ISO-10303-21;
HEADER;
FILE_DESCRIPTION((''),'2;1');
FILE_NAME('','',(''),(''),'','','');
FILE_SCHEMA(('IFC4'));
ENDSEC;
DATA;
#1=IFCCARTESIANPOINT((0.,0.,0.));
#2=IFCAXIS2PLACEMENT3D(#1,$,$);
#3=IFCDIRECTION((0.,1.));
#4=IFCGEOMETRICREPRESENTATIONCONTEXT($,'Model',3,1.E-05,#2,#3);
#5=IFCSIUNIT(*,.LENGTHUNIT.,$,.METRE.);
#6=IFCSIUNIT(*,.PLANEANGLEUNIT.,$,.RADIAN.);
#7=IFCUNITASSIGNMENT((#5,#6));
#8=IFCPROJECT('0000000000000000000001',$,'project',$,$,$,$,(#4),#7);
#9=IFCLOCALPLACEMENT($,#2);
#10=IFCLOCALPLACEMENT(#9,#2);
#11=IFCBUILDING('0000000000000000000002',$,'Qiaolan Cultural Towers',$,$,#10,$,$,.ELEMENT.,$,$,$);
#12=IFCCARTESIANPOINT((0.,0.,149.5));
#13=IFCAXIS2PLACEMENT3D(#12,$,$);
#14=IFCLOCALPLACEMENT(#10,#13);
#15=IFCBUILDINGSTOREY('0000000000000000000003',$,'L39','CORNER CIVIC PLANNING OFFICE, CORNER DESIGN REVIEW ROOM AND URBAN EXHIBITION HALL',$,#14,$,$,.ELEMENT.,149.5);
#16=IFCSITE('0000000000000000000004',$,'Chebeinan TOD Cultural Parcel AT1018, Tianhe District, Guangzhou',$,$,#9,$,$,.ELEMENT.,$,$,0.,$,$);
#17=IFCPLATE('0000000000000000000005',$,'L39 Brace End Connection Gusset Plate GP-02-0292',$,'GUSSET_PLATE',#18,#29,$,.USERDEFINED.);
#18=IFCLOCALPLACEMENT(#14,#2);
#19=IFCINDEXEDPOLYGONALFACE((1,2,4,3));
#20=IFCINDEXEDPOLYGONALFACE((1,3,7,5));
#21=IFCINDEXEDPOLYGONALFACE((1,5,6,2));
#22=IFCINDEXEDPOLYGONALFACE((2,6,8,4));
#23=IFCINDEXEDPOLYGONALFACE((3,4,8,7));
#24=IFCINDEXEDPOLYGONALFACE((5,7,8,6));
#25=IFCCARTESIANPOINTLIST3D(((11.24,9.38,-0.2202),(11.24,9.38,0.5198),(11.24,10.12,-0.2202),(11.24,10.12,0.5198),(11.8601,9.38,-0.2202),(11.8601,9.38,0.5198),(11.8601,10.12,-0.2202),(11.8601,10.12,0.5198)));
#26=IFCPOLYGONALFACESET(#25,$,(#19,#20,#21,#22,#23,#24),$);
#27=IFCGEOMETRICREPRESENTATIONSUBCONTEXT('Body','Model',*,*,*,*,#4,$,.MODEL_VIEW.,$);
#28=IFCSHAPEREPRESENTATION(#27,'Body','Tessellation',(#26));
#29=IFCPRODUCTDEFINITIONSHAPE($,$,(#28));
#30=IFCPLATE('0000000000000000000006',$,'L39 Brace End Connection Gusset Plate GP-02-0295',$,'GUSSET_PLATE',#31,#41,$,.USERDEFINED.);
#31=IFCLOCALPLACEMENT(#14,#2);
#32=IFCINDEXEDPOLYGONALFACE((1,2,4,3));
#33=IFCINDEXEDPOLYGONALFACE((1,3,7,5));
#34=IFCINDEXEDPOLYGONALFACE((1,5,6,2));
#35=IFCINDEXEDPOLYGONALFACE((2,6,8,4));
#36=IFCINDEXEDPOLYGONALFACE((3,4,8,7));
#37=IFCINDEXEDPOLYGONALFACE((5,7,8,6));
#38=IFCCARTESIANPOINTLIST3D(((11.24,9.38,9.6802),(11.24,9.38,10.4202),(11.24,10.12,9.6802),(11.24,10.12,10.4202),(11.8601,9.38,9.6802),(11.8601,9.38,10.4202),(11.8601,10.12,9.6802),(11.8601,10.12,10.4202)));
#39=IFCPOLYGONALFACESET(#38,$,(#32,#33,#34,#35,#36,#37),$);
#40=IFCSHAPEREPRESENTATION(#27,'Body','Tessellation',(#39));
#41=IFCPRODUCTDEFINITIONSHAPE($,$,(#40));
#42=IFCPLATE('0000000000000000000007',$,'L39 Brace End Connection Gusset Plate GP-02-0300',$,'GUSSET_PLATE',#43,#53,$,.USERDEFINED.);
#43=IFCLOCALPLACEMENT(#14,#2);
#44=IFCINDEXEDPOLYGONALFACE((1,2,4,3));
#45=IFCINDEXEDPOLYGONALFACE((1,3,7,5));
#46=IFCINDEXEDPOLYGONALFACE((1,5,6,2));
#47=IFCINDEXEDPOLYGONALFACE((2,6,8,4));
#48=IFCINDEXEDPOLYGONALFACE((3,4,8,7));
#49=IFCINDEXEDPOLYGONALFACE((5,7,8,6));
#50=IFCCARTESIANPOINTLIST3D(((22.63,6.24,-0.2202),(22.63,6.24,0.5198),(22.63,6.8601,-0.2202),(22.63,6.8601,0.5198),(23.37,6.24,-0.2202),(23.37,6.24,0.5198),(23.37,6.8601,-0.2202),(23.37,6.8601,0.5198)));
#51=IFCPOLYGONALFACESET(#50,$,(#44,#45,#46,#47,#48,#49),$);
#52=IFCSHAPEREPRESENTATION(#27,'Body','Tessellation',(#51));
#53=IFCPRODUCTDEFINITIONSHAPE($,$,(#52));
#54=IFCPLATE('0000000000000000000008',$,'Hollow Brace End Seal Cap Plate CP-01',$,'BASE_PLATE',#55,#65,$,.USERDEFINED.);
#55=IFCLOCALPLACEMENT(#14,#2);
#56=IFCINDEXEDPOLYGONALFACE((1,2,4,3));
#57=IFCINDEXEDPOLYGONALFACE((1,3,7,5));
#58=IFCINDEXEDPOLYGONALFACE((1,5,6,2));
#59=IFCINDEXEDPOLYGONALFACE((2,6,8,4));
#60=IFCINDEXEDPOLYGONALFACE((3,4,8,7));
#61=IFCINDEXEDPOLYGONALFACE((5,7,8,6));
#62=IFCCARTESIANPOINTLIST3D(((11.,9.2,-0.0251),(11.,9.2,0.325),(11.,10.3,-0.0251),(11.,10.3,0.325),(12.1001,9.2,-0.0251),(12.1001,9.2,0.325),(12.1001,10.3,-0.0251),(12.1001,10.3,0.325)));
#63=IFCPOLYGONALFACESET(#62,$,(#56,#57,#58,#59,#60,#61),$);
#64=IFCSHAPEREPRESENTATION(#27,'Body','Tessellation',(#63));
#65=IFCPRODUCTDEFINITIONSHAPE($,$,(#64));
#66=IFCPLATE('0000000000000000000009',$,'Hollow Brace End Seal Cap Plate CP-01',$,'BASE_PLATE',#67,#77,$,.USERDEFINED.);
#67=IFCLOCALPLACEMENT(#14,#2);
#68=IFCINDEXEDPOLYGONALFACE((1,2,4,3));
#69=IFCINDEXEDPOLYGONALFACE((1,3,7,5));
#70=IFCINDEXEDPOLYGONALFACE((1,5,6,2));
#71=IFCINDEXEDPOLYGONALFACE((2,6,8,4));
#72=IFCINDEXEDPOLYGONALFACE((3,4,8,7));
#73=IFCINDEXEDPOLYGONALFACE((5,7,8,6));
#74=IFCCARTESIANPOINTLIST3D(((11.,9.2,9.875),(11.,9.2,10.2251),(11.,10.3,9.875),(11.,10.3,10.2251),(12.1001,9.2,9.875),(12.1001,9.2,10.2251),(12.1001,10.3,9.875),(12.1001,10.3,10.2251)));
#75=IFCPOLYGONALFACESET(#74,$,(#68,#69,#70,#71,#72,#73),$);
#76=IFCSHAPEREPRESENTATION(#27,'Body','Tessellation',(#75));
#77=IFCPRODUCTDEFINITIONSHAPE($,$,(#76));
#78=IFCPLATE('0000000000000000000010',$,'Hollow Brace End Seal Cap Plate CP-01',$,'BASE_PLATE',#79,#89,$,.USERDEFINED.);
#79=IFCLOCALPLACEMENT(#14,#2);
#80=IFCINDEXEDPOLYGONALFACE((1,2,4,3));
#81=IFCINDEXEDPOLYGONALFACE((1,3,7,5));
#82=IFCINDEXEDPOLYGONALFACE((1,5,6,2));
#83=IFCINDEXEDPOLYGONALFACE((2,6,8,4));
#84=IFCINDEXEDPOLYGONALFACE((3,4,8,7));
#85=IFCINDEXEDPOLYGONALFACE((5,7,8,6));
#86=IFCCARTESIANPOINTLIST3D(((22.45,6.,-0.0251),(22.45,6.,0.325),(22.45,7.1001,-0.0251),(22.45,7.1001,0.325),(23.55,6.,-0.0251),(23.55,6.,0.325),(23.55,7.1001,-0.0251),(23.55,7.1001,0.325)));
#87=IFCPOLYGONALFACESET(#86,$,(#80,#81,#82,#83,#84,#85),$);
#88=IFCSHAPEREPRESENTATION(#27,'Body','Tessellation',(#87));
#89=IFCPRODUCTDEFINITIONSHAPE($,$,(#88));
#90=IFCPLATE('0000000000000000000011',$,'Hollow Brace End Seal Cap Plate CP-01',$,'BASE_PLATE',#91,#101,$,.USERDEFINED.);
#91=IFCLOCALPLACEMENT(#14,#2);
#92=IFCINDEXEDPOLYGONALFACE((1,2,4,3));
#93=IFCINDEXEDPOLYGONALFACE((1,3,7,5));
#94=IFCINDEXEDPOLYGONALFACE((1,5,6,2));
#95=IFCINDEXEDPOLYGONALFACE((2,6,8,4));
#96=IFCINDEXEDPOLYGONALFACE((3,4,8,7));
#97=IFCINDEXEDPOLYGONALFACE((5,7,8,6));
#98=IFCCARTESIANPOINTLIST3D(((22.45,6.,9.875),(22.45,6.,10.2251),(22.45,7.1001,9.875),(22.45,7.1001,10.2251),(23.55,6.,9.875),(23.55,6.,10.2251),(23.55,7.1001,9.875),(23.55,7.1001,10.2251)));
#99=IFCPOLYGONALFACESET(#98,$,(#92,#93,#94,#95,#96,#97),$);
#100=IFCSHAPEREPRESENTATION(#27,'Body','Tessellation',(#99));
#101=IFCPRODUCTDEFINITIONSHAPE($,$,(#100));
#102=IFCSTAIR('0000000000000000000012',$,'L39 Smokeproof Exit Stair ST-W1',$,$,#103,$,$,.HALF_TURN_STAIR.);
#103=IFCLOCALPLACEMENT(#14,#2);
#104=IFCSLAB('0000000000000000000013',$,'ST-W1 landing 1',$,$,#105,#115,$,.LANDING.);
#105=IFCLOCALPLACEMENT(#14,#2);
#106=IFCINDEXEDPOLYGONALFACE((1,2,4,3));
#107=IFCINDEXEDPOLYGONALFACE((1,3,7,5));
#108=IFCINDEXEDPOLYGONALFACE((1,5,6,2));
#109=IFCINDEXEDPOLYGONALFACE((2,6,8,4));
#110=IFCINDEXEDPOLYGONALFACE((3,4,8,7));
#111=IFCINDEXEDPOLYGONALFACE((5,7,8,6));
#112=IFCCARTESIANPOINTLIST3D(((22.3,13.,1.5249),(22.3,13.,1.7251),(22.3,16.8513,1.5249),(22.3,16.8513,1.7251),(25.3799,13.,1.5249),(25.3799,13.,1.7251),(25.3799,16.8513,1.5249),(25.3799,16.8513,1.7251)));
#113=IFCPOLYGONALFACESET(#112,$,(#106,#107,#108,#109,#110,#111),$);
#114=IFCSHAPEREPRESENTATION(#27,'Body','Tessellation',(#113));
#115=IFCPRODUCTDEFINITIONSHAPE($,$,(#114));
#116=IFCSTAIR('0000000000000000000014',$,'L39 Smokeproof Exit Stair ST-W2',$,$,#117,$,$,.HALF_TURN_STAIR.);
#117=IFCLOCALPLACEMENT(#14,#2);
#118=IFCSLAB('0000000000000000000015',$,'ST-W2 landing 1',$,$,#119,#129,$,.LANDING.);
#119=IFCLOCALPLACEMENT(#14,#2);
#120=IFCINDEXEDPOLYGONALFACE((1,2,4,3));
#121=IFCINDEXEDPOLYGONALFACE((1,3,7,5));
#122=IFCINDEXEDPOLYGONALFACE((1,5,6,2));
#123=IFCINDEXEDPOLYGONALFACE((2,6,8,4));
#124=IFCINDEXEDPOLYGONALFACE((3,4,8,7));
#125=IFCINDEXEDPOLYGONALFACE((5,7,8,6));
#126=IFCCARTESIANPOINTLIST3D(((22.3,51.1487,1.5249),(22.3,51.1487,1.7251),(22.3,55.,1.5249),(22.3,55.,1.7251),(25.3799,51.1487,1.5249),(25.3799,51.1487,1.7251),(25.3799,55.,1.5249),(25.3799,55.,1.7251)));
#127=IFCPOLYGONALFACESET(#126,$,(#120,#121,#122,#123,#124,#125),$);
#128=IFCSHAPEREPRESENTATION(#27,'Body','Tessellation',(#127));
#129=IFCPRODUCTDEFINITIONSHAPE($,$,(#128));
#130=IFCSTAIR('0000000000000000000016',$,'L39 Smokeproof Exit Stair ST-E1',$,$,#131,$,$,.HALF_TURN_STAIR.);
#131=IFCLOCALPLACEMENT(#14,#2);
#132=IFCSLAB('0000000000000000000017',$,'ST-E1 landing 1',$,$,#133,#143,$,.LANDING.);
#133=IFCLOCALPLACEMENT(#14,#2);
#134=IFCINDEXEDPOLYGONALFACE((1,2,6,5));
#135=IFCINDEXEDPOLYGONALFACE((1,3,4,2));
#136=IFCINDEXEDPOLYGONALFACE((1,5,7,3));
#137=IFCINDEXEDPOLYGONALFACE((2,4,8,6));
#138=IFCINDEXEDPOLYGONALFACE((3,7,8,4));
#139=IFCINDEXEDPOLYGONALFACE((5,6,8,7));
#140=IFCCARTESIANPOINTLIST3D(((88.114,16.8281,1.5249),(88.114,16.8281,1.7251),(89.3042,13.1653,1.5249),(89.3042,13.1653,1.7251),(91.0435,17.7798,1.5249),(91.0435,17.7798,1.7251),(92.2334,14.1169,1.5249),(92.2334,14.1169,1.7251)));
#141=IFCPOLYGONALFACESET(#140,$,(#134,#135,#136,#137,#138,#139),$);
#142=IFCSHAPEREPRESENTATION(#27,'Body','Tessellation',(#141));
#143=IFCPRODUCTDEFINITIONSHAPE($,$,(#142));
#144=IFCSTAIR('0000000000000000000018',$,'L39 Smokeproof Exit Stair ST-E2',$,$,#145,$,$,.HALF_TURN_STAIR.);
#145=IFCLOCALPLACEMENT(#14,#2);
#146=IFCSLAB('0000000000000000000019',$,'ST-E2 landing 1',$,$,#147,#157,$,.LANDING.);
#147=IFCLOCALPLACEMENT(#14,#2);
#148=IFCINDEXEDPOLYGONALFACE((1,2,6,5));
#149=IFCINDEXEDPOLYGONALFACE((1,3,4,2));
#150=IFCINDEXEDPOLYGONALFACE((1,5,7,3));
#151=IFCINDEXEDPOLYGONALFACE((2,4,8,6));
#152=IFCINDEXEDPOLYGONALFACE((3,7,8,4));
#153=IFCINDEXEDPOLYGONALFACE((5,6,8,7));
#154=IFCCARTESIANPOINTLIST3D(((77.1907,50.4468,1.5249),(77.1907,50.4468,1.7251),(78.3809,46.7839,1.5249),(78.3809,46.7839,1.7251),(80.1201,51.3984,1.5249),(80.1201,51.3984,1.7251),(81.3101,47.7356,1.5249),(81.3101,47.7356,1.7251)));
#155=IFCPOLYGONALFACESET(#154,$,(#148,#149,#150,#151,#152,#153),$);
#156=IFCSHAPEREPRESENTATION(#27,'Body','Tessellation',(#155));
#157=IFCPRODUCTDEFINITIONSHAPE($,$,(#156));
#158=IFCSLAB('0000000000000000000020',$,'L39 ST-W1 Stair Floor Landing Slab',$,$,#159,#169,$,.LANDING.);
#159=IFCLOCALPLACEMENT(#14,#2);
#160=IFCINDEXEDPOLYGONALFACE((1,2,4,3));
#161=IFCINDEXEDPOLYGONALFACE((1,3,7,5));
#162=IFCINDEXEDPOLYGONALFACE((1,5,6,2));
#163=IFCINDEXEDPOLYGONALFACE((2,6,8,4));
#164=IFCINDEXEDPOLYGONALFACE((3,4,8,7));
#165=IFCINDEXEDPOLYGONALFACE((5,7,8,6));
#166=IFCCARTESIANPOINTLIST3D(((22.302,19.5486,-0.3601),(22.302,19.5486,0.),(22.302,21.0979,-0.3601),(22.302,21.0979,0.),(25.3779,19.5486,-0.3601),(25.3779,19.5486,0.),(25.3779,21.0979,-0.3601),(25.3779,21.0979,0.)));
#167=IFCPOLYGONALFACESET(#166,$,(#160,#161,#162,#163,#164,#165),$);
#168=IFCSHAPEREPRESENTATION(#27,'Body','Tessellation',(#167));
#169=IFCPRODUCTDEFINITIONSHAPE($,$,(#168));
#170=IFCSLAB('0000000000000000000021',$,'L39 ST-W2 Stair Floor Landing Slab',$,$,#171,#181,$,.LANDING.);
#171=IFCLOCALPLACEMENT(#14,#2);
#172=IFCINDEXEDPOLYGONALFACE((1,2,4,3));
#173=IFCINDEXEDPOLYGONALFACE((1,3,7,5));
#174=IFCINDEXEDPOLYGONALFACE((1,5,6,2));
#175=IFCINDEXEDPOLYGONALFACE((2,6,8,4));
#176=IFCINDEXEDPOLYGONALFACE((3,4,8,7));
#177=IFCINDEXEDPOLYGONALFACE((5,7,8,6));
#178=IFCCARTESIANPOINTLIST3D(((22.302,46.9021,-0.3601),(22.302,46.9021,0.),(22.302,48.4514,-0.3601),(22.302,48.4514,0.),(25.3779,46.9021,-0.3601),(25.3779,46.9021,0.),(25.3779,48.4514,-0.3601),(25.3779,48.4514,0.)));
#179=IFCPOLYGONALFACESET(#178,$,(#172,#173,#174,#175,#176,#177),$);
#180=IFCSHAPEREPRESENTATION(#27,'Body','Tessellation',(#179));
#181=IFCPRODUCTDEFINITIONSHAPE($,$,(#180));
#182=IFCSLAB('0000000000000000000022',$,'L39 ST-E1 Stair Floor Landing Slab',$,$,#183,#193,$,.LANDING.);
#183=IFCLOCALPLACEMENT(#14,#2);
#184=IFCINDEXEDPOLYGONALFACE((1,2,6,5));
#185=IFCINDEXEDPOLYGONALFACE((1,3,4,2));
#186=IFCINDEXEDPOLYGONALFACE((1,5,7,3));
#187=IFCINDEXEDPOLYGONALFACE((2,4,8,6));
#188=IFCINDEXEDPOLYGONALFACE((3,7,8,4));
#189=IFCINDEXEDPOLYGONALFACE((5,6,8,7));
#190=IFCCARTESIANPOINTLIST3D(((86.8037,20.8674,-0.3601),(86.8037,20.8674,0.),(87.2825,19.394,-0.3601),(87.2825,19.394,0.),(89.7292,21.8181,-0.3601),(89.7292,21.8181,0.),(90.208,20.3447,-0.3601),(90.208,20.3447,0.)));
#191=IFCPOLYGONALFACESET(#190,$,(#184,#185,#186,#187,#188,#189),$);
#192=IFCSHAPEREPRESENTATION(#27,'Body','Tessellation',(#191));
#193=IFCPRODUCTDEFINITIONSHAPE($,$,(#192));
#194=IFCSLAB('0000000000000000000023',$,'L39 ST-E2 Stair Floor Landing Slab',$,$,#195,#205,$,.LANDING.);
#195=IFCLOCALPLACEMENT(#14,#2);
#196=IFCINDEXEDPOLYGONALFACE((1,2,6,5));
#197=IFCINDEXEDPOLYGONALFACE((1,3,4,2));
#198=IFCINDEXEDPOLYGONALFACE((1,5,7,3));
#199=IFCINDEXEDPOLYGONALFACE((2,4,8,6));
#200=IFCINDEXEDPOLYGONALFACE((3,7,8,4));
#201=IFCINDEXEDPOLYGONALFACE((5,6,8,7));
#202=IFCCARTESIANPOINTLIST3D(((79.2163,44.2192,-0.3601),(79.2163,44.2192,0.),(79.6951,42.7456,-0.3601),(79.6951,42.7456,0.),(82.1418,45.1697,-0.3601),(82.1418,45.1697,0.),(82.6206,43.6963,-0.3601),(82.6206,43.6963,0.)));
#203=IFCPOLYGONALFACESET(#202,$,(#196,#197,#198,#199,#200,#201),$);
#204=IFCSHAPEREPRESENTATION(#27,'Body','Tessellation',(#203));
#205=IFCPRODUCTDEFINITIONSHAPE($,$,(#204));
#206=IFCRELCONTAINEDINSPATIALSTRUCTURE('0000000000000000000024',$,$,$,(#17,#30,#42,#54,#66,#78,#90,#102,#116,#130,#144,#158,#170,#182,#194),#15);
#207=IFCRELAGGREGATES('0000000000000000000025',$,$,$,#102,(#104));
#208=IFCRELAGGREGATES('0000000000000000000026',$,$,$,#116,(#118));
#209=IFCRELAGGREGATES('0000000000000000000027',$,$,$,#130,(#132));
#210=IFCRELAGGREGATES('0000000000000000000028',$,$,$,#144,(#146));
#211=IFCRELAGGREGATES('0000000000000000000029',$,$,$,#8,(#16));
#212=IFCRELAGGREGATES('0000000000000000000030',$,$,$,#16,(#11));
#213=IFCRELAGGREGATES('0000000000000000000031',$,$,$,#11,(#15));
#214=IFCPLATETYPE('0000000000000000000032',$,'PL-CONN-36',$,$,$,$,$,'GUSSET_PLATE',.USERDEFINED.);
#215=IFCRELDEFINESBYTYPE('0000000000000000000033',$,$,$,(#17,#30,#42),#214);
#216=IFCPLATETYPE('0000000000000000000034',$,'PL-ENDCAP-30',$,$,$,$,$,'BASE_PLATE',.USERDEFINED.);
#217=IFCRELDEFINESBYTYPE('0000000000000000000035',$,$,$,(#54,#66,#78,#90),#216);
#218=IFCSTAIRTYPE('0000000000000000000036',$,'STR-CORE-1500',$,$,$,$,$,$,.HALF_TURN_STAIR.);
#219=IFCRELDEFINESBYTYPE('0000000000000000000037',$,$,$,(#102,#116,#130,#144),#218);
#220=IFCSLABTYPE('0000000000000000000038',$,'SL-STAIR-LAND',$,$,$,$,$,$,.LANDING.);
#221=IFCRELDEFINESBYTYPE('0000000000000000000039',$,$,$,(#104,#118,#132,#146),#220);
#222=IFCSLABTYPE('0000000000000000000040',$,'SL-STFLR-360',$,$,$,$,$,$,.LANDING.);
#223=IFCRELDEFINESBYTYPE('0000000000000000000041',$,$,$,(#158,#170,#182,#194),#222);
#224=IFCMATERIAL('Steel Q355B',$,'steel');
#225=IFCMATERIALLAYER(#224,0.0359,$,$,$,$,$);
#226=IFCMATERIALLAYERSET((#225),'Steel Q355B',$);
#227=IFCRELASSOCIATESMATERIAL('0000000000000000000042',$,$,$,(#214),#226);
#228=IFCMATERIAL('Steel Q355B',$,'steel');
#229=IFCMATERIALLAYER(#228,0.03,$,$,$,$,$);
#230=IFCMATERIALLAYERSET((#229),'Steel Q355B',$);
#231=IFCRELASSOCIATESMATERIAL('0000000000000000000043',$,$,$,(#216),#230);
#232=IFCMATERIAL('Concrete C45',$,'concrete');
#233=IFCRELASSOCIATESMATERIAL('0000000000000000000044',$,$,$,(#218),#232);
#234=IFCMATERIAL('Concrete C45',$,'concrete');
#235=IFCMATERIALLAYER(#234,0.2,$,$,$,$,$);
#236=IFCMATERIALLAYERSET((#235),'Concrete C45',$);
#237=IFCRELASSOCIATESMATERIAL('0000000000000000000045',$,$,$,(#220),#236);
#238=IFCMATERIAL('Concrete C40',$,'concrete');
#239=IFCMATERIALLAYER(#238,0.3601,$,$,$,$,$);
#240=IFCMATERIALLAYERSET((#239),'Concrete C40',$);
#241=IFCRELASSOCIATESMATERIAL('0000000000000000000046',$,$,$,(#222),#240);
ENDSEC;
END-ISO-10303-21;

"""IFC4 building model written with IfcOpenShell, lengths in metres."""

from ifc_helpers import new_model, si_unit, direction, frame, origin, origin_2d, place, context, subcontext, project, spatial, polyline, rectangle, outline, extrude, material, layer, layer_set, type_object, element, aggregate, save


model = new_model("IFC4")

# Units and contexts
model_context = context("Model", 3, precision=1e-05, world=origin(), true_north=direction((0.0, 1.0)))
body_context = subcontext(model_context, "Body", "Model", "MODEL_VIEW")
ifc_project = project(units=[si_unit("LENGTHUNIT", "METRE"), si_unit("PLANEANGLEUNIT", "RADIAN")], contexts=[model_context])

# Site, building, storey
site_placement = place(None, origin())
site = spatial("IfcSite", under=ifc_project, at=site_placement, Name="Chebeinan TOD Cultural Parcel AT1018, Tianhe District, Guangzhou", CompositionType="ELEMENT", RefElevation=0.0)
building_placement = place(site_placement, origin())
building = spatial("IfcBuilding", under=site, at=building_placement, Name="Qiaolan Cultural Towers", CompositionType="ELEMENT")
storey_placement = place(building_placement, frame((0.0, 0.0, 149.5)))
storey = spatial("IfcBuildingStorey", under=building, at=storey_placement, Name="L39", Description="CORNER CIVIC PLANNING OFFICE, CORNER DESIGN REVIEW ROOM AND URBAN EXHIBITION HALL", CompositionType="ELEMENT", Elevation=149.5)

# Plates
ifc_material_1 = material(Name="Steel Q355B", Category="steel")
ifc_layer_1 = layer(ifc_material_1, 0.0359)
ifc_layer_set_1 = layer_set([ifc_layer_1], Name="Steel Q355B")
plate_type_1 = type_object("IfcPlateType", Name="PL-CONN-36", ElementType="GUSSET_PLATE", PredefinedType="USERDEFINED", material=ifc_layer_set_1)
for number, where, z_axis, x_axis, name in (
    (1, (11.55, 9.75, -0.2202), (0.0, 0.0, 1.0), (0.0, 1.0, 0.0), "L39 Brace End Connection Gusset Plate GP-02-0292"),
    (2, (11.55, 9.75, 9.6802), (0.0, 0.0, 1.0), (0.0, 1.0, 0.0), "L39 Brace End Connection Gusset Plate GP-02-0295"),
    (3, (23.0, 6.55, -0.2202), (0.0, 0.0, 1.0), (1.0, 0.0, 0.0), "L39 Brace End Connection Gusset Plate GP-02-0300"),
):
    element("IfcPlate", number, at=place(storey_placement, frame(where, z_axis=z_axis, x_axis=x_axis)), inside=storey, type_object=plate_type_1, Name=name, ObjectType="GUSSET_PLATE", PredefinedType="USERDEFINED", context=body_context, shape_type="SweptSolid", body=[
        extrude(rectangle(XDim=0.74, YDim=0.6201, at=origin_2d()), origin(), (0.0, 0.0, 1.0), 0.74),
    ])
ifc_material_2 = material(Name="Steel Q355B", Category="steel")
ifc_layer_2 = layer(ifc_material_2, 0.03)
ifc_layer_set_2 = layer_set([ifc_layer_2], Name="Steel Q355B")
plate_type_2 = type_object("IfcPlateType", Name="PL-ENDCAP-30", ElementType="BASE_PLATE", PredefinedType="USERDEFINED", material=ifc_layer_set_2)
for number, where, z_axis, x_axis, name in (
    (4, (11.55, 9.75, -0.0251), (0.0, 0.0, 1.0), (0.0, 1.0, 0.0), "Hollow Brace End Seal Cap Plate CP-01"),
    (5, (11.55, 9.75, 9.875), (0.0, 0.0, 1.0), (0.0, 1.0, 0.0), "Hollow Brace End Seal Cap Plate CP-01"),
    (6, (23.0, 6.55, -0.0251), (0.0, 0.0, 1.0), (1.0, 0.0, 0.0), "Hollow Brace End Seal Cap Plate CP-01"),
    (7, (23.0, 6.55, 9.875), (0.0, 0.0, 1.0), (1.0, 0.0, 0.0), "Hollow Brace End Seal Cap Plate CP-01"),
):
    element("IfcPlate", number, at=place(storey_placement, frame(where, z_axis=z_axis, x_axis=x_axis)), inside=storey, type_object=plate_type_2, Name=name, ObjectType="BASE_PLATE", PredefinedType="USERDEFINED", context=body_context, shape_type="SweptSolid", body=[
        extrude(rectangle(XDim=1.1001, YDim=1.1001, at=origin_2d()), origin(), (0.0, 0.0, 1.0), 0.3501),
    ])

# Stairs, slabs
ifc_material_3 = material(Name="Concrete C45", Category="concrete")
stair_type = type_object("IfcStairType", Name="STR-CORE-1500", PredefinedType="HALF_TURN_STAIR", material=ifc_material_3)
stair_1_placement = place(storey_placement, origin())
stair_1 = element("IfcStair", 8, at=stair_1_placement, inside=storey, type_object=stair_type, Name="L39 Smokeproof Exit Stair ST-W1", PredefinedType="HALF_TURN_STAIR")
ifc_material_4 = material(Name="Concrete C45", Category="concrete")
ifc_layer_3 = layer(ifc_material_4, 0.2)
ifc_layer_set_3 = layer_set([ifc_layer_3], Name="Concrete C45")
slab_type_1 = type_object("IfcSlabType", Name="SL-STAIR-LAND", PredefinedType="LANDING", material=ifc_layer_set_3)
slab_1_placement = place(storey_placement, frame((0.0, 0.0, 1.5249)))
slab_1 = element("IfcSlab", 9, at=slab_1_placement, type_object=slab_type_1, Name="ST-W1 landing 1", PredefinedType="LANDING", context=body_context, shape_type="SweptSolid", body=[
    extrude(outline(polyline([(22.3, 16.8513), (22.3, 13.0), (25.3799, 13.0), (25.3799, 16.8513), (22.3, 16.8513)])), origin(), (0.0, 0.0, 1.0), 0.2002),
])
aggregate(stair_1, [slab_1])
stair_2_placement = place(storey_placement, origin())
stair_2 = element("IfcStair", 10, at=stair_2_placement, inside=storey, type_object=stair_type, Name="L39 Smokeproof Exit Stair ST-W2", PredefinedType="HALF_TURN_STAIR")
slab_2_placement = place(storey_placement, frame((0.0, 0.0, 1.5249)))
slab_2 = element("IfcSlab", 11, at=slab_2_placement, type_object=slab_type_1, Name="ST-W2 landing 1", PredefinedType="LANDING", context=body_context, shape_type="SweptSolid", body=[
    extrude(outline(polyline([(25.3799, 51.1487), (25.3799, 55.0), (22.3, 55.0), (22.3, 51.1487), (25.3799, 51.1487)])), origin(), (0.0, 0.0, 1.0), 0.2002),
])
aggregate(stair_2, [slab_2])
stair_3_placement = place(storey_placement, origin())
stair_3 = element("IfcStair", 12, at=stair_3_placement, inside=storey, type_object=stair_type, Name="L39 Smokeproof Exit Stair ST-E1", PredefinedType="HALF_TURN_STAIR")
slab_3_placement = place(storey_placement, frame((0.0, 0.0, 1.5249)))
slab_3 = element("IfcSlab", 13, at=slab_3_placement, type_object=slab_type_1, Name="ST-E1 landing 1", PredefinedType="LANDING", context=body_context, shape_type="SweptSolid", body=[
    extrude(outline(polyline([(88.114, 16.8281), (89.3042, 13.1653), (92.2334, 14.1169), (91.0435, 17.7798), (88.114, 16.8281)])), origin(), (0.0, 0.0, 1.0), 0.2002),
])
aggregate(stair_3, [slab_3])
stair_4_placement = place(storey_placement, origin())
stair_4 = element("IfcStair", 14, at=stair_4_placement, inside=storey, type_object=stair_type, Name="L39 Smokeproof Exit Stair ST-E2", PredefinedType="HALF_TURN_STAIR")
slab_4_placement = place(storey_placement, frame((0.0, 0.0, 1.5249)))
slab_4 = element("IfcSlab", 15, at=slab_4_placement, type_object=slab_type_1, Name="ST-E2 landing 1", PredefinedType="LANDING", context=body_context, shape_type="SweptSolid", body=[
    extrude(outline(polyline([(81.3101, 47.7356), (80.1201, 51.3984), (77.1907, 50.4468), (78.3809, 46.7839), (81.3101, 47.7356)])), origin(), (0.0, 0.0, 1.0), 0.2002),
])
aggregate(stair_4, [slab_4])

# Slabs
ifc_material_5 = material(Name="Concrete C40", Category="concrete")
ifc_layer_4 = layer(ifc_material_5, 0.3601)
ifc_layer_set_4 = layer_set([ifc_layer_4], Name="Concrete C40")
slab_type_2 = type_object("IfcSlabType", Name="SL-STFLR-360", PredefinedType="LANDING", material=ifc_layer_set_4)
slab_5_placement = place(storey_placement, frame((0.0, 0.0, -0.3601)))
element("IfcSlab", 16, at=slab_5_placement, inside=storey, type_object=slab_type_2, Name="L39 ST-W1 Stair Floor Landing Slab", PredefinedType="LANDING", context=body_context, shape_type="SweptSolid", body=[
    extrude(outline(polyline([(22.302, 21.0979), (22.302, 19.5486), (25.3779, 19.5486), (25.3779, 21.0979), (22.302, 21.0979)])), origin(), (0.0, 0.0, 1.0), 0.3601),
])
slab_6_placement = place(storey_placement, frame((0.0, 0.0, -0.3601)))
element("IfcSlab", 17, at=slab_6_placement, inside=storey, type_object=slab_type_2, Name="L39 ST-W2 Stair Floor Landing Slab", PredefinedType="LANDING", context=body_context, shape_type="SweptSolid", body=[
    extrude(outline(polyline([(25.3779, 46.9021), (25.3779, 48.4514), (22.302, 48.4514), (22.302, 46.9021), (25.3779, 46.9021)])), origin(), (0.0, 0.0, 1.0), 0.3601),
])
slab_7_placement = place(storey_placement, frame((0.0, 0.0, -0.3601)))
element("IfcSlab", 18, at=slab_7_placement, inside=storey, type_object=slab_type_2, Name="L39 ST-E1 Stair Floor Landing Slab", PredefinedType="LANDING", context=body_context, shape_type="SweptSolid", body=[
    extrude(outline(polyline([(86.8037, 20.8674), (87.2825, 19.394), (90.208, 20.3447), (89.7292, 21.8181), (86.8037, 20.8674)])), origin(), (0.0, 0.0, 1.0), 0.3601),
])
slab_8_placement = place(storey_placement, frame((0.0, 0.0, -0.3601)))
element("IfcSlab", 19, at=slab_8_placement, inside=storey, type_object=slab_type_2, Name="L39 ST-E2 Stair Floor Landing Slab", PredefinedType="LANDING", context=body_context, shape_type="SweptSolid", body=[
    extrude(outline(polyline([(82.6206, 43.6963), (82.1418, 45.1697), (79.2163, 44.2192), (79.6951, 42.7456), (82.6206, 43.6963)])), origin(), (0.0, 0.0, 1.0), 0.3601),
])

save(model, "model.ifc")
